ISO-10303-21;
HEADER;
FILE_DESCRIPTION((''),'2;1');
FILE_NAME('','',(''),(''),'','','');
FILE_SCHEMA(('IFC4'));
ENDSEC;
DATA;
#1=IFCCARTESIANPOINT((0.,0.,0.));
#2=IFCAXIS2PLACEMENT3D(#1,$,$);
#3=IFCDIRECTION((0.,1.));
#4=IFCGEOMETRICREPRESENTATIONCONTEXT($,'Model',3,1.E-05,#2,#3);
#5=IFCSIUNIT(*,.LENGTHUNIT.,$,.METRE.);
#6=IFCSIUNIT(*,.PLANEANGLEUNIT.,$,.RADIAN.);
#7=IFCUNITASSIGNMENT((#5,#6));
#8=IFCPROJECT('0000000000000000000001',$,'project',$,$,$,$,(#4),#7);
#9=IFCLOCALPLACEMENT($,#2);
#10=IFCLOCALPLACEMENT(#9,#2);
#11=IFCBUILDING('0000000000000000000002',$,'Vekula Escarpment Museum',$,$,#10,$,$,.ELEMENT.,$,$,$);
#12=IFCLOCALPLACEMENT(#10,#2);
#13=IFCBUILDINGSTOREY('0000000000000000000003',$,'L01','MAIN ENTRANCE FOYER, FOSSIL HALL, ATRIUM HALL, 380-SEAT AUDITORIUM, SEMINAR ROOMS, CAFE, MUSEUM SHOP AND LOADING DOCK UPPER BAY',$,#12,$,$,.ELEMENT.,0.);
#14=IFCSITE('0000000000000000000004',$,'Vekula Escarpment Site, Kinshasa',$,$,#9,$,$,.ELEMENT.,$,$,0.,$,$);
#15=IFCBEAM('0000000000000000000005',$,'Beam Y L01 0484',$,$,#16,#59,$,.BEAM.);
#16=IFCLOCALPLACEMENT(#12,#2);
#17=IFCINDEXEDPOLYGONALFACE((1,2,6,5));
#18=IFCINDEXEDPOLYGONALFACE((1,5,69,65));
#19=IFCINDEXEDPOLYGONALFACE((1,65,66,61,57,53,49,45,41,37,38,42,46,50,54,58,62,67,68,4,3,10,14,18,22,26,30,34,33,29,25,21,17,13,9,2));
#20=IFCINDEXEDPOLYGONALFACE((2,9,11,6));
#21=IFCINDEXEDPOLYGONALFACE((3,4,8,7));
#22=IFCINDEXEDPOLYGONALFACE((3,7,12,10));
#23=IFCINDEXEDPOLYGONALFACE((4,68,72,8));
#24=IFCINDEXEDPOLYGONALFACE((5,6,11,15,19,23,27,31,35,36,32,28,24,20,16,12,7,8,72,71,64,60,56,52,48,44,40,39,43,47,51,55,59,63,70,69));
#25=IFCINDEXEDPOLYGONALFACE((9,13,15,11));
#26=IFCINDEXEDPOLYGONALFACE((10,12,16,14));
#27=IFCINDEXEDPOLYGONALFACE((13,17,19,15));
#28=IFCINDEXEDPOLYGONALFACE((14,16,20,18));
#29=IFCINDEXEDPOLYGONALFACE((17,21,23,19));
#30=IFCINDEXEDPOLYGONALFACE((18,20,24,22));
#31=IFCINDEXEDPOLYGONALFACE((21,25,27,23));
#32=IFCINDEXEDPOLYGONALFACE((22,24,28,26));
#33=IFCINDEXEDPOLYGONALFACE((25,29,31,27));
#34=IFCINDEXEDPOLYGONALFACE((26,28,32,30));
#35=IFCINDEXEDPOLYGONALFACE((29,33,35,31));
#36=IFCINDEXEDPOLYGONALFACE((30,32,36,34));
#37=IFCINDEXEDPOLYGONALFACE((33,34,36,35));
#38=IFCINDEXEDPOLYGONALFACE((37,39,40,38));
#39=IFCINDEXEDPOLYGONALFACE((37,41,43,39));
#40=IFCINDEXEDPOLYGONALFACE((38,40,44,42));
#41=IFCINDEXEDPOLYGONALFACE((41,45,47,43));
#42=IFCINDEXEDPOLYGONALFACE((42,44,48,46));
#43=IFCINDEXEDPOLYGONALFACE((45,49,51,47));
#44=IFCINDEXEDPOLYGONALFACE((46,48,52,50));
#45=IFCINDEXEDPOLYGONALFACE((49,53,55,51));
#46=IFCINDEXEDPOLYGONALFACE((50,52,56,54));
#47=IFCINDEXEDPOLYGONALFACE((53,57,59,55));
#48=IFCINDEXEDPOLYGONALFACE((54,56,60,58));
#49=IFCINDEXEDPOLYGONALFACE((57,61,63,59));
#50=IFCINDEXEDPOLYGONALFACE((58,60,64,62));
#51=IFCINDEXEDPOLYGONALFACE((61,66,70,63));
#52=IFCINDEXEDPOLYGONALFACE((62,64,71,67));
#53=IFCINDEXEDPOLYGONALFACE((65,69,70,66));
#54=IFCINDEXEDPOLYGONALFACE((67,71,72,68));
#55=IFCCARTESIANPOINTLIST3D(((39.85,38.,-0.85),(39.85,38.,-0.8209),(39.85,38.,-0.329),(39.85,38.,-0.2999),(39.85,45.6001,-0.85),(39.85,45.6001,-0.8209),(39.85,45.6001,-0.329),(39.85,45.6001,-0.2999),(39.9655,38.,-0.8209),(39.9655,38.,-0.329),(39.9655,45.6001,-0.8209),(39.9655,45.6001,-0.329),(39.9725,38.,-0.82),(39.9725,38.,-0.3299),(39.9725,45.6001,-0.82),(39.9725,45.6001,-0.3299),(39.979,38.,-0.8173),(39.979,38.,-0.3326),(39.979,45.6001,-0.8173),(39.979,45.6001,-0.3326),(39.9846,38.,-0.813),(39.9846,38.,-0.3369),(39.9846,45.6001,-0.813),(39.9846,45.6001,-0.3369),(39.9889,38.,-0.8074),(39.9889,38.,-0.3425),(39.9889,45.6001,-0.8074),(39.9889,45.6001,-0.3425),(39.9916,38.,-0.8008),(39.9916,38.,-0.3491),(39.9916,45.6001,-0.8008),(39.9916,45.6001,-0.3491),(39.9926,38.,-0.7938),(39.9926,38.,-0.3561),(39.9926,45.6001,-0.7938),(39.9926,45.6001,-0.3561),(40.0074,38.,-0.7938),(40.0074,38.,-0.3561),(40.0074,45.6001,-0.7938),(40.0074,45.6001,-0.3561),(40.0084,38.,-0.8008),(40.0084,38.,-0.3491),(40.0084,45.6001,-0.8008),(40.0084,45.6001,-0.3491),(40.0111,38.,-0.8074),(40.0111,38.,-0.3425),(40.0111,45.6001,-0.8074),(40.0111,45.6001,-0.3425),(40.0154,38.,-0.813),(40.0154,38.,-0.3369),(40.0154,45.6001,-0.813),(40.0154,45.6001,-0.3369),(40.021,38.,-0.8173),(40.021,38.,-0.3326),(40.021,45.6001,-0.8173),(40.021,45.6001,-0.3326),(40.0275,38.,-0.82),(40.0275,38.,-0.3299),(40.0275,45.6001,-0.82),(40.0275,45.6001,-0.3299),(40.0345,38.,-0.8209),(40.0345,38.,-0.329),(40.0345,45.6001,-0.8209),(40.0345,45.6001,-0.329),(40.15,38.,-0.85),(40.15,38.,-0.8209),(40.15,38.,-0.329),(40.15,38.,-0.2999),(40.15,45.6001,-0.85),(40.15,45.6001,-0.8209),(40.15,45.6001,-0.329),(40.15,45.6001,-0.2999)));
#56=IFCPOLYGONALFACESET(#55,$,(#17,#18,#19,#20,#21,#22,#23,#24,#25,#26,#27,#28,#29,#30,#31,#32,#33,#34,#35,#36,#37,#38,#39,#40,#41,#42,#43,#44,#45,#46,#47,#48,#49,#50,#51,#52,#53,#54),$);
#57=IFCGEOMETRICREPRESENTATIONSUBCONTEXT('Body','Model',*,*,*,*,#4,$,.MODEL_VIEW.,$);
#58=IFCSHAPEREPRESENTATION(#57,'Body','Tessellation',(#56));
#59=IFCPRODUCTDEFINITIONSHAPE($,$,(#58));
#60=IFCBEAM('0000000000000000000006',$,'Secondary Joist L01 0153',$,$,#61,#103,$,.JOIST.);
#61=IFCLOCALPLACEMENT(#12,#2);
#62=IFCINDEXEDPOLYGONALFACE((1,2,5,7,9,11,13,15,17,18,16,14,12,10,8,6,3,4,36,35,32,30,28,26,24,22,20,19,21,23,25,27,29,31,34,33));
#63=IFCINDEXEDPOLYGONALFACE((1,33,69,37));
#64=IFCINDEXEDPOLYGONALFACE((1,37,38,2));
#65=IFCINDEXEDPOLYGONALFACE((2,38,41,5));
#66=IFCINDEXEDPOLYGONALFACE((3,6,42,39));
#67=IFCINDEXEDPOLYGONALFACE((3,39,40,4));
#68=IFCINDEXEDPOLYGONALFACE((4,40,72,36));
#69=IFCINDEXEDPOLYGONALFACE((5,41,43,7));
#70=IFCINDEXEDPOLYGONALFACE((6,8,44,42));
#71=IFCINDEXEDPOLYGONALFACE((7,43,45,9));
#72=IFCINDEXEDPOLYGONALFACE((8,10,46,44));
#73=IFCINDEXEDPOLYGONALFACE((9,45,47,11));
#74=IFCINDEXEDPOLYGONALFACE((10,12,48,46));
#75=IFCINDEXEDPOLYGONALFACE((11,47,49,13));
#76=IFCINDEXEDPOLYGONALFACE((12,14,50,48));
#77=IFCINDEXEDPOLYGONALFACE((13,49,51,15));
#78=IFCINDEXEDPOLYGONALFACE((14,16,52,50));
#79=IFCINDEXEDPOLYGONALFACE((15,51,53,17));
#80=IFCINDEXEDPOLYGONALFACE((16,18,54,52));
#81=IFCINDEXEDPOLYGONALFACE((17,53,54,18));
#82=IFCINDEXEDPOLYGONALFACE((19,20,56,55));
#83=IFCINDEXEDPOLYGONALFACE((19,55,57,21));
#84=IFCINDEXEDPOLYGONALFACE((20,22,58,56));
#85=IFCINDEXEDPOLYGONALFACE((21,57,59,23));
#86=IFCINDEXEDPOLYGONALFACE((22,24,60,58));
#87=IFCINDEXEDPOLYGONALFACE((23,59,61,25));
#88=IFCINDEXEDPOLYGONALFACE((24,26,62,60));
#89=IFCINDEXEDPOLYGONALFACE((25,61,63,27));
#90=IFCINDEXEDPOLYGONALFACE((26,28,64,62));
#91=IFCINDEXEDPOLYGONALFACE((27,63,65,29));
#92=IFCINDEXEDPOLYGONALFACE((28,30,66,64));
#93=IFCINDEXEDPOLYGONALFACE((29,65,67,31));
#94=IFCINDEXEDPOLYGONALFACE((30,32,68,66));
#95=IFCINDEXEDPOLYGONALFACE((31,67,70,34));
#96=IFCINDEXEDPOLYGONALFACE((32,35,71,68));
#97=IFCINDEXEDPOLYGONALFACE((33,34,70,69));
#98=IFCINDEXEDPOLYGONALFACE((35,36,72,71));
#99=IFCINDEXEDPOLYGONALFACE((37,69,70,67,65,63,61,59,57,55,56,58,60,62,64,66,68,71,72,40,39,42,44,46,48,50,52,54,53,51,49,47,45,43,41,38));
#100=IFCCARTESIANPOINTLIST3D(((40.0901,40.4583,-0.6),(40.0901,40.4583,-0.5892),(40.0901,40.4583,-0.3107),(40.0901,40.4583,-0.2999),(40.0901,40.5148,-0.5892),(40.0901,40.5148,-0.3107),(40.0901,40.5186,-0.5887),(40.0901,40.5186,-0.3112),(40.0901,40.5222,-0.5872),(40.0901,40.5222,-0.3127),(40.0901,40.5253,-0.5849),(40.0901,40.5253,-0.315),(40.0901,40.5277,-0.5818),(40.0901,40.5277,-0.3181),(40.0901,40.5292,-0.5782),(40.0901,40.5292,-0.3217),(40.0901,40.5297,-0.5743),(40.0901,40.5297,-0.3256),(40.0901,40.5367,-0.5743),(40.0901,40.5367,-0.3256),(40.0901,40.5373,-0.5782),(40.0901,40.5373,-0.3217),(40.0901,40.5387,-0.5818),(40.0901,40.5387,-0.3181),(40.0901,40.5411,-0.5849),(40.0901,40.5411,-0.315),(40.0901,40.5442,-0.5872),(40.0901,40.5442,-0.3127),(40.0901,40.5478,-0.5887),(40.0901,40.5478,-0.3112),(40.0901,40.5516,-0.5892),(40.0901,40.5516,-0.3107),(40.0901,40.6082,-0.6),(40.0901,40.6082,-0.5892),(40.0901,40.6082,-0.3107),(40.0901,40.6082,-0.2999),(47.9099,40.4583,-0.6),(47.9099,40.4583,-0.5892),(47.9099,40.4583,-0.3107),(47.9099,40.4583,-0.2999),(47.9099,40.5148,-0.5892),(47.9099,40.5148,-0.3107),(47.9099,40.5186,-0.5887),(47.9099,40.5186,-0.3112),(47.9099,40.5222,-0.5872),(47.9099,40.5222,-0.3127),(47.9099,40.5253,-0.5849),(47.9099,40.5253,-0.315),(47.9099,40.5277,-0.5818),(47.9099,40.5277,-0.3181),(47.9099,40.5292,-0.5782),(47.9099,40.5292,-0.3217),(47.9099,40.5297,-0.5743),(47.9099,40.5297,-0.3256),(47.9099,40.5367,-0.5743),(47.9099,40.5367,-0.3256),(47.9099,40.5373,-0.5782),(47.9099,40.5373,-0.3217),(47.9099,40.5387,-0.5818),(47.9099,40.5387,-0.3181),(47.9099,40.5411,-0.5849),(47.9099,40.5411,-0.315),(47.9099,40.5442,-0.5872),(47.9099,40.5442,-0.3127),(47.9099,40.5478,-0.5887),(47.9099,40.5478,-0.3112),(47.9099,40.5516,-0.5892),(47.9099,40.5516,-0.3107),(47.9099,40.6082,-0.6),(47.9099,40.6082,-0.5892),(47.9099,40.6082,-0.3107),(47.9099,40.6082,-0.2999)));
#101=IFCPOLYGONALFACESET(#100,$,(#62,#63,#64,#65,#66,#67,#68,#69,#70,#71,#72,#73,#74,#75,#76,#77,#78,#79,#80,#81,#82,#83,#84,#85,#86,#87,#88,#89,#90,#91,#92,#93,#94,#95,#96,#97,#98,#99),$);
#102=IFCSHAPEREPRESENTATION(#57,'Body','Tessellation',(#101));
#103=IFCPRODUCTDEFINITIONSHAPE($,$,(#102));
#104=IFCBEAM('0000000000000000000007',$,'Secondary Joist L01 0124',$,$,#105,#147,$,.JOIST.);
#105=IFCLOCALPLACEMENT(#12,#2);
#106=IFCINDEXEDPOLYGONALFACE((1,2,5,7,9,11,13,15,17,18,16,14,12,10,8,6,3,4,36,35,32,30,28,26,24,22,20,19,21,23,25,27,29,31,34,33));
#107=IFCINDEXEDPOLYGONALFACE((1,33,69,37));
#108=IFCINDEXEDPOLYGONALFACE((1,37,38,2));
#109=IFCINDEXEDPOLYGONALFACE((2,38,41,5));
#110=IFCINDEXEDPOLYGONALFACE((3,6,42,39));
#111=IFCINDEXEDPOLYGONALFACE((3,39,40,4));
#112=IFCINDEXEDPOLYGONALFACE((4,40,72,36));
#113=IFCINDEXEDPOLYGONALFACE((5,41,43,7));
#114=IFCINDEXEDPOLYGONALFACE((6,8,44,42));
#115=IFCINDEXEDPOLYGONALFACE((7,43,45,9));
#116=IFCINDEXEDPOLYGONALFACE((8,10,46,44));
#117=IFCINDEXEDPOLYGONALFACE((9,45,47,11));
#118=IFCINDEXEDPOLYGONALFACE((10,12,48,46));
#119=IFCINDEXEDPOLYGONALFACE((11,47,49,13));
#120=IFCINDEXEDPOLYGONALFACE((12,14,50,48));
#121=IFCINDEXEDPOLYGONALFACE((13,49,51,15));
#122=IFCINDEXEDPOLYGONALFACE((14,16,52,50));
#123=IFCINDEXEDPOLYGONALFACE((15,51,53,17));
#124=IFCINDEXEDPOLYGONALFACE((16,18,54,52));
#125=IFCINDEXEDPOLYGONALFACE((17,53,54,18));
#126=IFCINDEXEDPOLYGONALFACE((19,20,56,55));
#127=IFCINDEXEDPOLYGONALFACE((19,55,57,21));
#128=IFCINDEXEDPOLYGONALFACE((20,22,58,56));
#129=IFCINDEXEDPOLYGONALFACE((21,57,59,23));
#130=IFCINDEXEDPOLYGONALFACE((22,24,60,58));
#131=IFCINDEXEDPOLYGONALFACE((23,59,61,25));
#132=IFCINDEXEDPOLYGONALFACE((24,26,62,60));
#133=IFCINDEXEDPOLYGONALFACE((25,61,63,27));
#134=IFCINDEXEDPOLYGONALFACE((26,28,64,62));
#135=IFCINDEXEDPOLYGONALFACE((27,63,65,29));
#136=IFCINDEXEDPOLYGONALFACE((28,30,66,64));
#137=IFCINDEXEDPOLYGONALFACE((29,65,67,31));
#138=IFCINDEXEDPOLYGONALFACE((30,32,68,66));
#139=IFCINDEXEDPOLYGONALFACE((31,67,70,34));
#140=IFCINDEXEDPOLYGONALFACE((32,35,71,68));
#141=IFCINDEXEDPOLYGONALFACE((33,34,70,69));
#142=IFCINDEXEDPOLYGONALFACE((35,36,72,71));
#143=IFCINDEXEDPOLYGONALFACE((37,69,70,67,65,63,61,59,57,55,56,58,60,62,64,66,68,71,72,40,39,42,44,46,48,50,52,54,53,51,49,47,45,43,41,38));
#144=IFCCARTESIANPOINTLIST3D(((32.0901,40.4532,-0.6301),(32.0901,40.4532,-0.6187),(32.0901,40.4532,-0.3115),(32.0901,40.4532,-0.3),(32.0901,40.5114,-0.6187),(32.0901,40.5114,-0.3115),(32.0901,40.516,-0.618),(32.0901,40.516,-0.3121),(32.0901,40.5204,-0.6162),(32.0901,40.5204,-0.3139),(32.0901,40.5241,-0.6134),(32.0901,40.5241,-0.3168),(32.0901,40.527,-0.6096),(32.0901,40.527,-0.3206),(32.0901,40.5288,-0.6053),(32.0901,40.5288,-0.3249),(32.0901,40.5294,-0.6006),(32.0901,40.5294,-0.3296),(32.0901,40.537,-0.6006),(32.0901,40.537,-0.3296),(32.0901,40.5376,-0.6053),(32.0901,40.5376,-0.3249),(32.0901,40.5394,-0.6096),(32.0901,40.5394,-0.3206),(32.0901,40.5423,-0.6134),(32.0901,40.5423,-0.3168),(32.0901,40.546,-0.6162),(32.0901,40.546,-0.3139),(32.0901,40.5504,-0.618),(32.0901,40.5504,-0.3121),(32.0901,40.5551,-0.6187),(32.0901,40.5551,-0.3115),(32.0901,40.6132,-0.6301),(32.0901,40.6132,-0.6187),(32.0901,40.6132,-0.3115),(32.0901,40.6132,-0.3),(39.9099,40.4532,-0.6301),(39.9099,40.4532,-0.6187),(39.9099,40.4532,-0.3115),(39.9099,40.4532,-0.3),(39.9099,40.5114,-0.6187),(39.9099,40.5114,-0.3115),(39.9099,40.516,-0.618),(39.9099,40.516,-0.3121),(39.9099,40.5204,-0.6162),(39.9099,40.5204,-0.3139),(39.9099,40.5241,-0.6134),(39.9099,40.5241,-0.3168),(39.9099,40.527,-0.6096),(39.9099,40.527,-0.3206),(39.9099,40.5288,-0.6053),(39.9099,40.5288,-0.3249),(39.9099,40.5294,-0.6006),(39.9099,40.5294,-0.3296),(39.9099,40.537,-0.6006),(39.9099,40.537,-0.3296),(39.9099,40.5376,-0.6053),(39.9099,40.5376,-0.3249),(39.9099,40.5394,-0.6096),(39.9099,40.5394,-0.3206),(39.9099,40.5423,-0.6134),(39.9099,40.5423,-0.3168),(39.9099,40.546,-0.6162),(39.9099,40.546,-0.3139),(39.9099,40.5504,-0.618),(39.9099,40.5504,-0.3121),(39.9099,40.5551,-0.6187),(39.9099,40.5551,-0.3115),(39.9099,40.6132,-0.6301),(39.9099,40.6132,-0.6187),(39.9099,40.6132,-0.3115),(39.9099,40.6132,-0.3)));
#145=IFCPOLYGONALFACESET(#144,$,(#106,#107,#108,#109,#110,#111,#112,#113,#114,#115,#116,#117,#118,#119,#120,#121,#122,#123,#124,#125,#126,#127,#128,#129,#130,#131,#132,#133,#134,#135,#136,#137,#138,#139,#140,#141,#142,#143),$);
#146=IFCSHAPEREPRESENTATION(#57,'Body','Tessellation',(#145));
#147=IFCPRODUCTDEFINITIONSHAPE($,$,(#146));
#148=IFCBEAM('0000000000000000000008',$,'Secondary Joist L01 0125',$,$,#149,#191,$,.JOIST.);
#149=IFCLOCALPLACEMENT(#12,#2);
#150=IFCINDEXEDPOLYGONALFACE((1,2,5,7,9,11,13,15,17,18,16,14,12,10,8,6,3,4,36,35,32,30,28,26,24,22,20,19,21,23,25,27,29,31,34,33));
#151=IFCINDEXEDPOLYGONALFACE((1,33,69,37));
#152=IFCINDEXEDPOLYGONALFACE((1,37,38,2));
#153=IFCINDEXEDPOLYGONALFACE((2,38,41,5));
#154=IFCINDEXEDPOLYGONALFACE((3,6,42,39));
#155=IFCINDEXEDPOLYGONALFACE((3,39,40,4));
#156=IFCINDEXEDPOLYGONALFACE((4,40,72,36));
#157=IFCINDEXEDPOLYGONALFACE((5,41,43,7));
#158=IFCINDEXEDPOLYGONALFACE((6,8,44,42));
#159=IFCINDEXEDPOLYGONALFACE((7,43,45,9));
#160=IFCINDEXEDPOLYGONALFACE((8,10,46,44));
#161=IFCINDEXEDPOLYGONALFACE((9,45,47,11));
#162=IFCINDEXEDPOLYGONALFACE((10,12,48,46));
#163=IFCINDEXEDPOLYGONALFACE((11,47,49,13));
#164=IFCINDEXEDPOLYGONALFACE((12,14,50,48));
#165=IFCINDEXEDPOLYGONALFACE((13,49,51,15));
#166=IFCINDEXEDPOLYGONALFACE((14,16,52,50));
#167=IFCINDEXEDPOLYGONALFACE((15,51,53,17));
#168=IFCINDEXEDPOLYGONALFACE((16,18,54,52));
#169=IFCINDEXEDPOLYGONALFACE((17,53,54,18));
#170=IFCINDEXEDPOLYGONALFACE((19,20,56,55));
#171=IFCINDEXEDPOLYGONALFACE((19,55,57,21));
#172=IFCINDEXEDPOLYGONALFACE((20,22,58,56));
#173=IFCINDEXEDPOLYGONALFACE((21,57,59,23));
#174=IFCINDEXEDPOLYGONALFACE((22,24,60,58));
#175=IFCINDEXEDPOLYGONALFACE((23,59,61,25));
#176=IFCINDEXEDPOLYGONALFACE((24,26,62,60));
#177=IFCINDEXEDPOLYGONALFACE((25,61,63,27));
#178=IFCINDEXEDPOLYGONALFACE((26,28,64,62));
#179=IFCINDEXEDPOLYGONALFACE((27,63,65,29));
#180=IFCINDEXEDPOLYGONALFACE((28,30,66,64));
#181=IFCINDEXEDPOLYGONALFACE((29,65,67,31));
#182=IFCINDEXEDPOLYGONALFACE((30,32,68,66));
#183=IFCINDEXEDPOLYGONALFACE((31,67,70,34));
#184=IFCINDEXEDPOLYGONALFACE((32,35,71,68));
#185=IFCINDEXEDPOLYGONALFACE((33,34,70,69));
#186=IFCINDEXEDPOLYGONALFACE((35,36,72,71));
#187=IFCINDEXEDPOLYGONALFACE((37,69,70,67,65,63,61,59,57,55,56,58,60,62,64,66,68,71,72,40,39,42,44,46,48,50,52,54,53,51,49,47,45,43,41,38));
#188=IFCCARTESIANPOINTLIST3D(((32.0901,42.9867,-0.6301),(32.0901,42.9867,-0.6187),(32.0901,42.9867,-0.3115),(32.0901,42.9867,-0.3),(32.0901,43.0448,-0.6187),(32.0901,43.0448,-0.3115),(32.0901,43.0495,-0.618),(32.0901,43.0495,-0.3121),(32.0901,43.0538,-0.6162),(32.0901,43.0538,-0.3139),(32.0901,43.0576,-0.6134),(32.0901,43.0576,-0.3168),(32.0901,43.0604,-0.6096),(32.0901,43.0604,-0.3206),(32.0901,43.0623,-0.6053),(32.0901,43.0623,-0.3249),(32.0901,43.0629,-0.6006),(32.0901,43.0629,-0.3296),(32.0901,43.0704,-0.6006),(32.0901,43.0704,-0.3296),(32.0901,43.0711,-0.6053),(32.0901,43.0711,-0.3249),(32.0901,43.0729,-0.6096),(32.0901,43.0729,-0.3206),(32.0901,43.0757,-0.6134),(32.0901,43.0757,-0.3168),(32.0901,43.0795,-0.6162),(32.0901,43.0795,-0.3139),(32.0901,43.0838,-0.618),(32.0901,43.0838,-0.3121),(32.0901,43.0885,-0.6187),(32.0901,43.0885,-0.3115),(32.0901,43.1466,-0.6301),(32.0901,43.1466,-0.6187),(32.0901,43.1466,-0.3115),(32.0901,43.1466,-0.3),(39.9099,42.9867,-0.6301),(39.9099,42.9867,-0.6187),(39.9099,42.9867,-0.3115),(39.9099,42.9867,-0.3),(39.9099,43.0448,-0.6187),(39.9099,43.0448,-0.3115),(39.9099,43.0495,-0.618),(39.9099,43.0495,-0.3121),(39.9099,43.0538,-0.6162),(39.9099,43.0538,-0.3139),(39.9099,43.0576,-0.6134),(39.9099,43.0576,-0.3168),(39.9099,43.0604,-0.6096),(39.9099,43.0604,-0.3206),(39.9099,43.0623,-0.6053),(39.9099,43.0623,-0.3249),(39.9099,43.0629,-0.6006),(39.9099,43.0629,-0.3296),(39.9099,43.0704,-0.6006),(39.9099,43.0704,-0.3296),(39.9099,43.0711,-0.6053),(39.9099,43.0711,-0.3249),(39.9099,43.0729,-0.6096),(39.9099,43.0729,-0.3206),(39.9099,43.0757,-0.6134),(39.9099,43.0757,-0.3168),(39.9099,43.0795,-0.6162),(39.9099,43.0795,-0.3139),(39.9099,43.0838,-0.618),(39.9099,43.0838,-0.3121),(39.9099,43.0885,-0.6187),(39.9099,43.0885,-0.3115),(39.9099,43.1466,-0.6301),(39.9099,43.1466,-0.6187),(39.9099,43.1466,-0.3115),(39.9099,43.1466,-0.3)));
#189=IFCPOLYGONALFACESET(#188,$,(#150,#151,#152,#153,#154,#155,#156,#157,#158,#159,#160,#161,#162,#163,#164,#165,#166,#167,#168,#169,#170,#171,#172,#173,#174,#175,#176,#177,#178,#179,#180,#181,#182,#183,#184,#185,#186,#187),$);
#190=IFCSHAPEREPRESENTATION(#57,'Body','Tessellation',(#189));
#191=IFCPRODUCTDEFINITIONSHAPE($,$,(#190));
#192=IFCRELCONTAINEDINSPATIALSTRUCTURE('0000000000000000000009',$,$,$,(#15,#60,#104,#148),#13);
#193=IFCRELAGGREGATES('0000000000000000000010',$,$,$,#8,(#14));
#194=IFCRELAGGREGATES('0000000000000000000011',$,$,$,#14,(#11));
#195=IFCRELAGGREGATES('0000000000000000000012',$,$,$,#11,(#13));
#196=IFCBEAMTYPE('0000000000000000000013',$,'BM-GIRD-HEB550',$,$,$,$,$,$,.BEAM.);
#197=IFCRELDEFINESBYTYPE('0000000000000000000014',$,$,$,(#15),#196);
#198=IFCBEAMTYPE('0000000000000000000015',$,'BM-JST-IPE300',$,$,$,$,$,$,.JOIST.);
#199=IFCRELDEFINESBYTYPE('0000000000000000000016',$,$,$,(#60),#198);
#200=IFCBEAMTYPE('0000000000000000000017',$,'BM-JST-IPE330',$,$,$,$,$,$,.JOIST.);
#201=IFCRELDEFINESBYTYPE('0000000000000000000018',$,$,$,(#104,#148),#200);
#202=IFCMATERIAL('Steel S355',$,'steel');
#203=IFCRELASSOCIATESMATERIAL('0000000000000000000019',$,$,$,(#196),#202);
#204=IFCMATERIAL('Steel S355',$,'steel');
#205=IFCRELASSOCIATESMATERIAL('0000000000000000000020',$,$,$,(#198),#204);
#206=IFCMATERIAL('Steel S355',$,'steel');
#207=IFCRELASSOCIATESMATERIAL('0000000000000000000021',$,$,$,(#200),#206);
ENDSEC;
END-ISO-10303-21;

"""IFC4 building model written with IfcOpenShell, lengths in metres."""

from ifc_helpers import new_model, si_unit, direction, frame, origin, origin_2d, place, context, subcontext, project, spatial, i_section, extrude, material, material_profile, profile_set, type_object, element, save


model = new_model("IFC4")

# Units and contexts
model_context = context("Model", 3, precision=1e-05, world=origin(), true_north=direction((0.0, 1.0)))
body_context = subcontext(model_context, "Body", "Model", "MODEL_VIEW")
ifc_project = project(units=[si_unit("LENGTHUNIT", "METRE"), si_unit("PLANEANGLEUNIT", "RADIAN")], contexts=[model_context])

# Site, building, storey
site_placement = place(None, origin())
site = spatial("IfcSite", under=ifc_project, at=site_placement, Name="Vekula Escarpment Site, Kinshasa", CompositionType="ELEMENT", RefElevation=0.0)
building_placement = place(site_placement, origin())
building = spatial("IfcBuilding", under=site, at=building_placement, Name="Vekula Escarpment Museum", CompositionType="ELEMENT")
storey_placement = place(building_placement, origin())
storey = spatial("IfcBuildingStorey", under=building, at=storey_placement, Name="L01", Description="MAIN ENTRANCE FOYER, FOSSIL HALL, ATRIUM HALL, 380-SEAT AUDITORIUM, SEMINAR ROOMS, CAFE, MUSEUM SHOP AND LOADING DOCK UPPER BAY", CompositionType="ELEMENT", Elevation=0.0)

# Beams
ifc_material_1 = material(Name="Steel S355", Category="steel")
ifc_material_profile_1 = material_profile(ifc_material_1, i_section(OverallWidth=0.3, OverallDepth=0.55, WebThickness=0.0149, FlangeThickness=0.0291, FilletRadius=0.0271, at=origin_2d()), Name="HEB 550")
ifc_profile_set_1 = profile_set([ifc_material_profile_1], Name="Steel S355")
beam_type_1 = type_object("IfcBeamType", Name="BM-GIRD-HEB550", PredefinedType="BEAM", material=ifc_profile_set_1)
beam_1_placement = place(storey_placement, frame((40.0, 38.0, -0.575), z_axis=(0.0, 1.0, 0.0), x_axis=(-1.0, 0.0, 0.0)))
element("IfcBeam", 1, at=beam_1_placement, inside=storey, type_object=beam_type_1, Name="Beam Y L01 0484", PredefinedType="BEAM", context=body_context, shape_type="SweptSolid", body=[
    extrude(i_section(OverallWidth=0.3, OverallDepth=0.55, WebThickness=0.0149, FlangeThickness=0.0291, FilletRadius=0.0271, at=origin_2d()), origin(), (0.0, 0.0, 1.0), 7.6001),
])
ifc_material_2 = material(Name="Steel S355", Category="steel")
ifc_material_profile_2 = material_profile(ifc_material_2, i_section(OverallWidth=0.1499, OverallDepth=0.3, WebThickness=0.0071, FlangeThickness=0.0107, FilletRadius=0.0149, at=origin_2d()), Name="IPE 300")
ifc_profile_set_2 = profile_set([ifc_material_profile_2], Name="Steel S355")
beam_type_2 = type_object("IfcBeamType", Name="BM-JST-IPE300", PredefinedType="JOIST", material=ifc_profile_set_2)
beam_2_placement = place(storey_placement, frame((40.0901, 40.5332, -0.45), z_axis=(1.0, 0.0, 0.0), x_axis=(0.0, 1.0, 0.0)))
element("IfcBeam", 2, at=beam_2_placement, inside=storey, type_object=beam_type_2, Name="Secondary Joist L01 0153", PredefinedType="JOIST", context=body_context, shape_type="SweptSolid", body=[
    extrude(i_section(OverallWidth=0.1499, OverallDepth=0.3, WebThickness=0.0071, FlangeThickness=0.0107, FilletRadius=0.0149, at=origin_2d()), origin(), (0.0, 0.0, 1.0), 7.8198),
])
ifc_material_3 = material(Name="Steel S355", Category="steel")
ifc_material_profile_3 = material_profile(ifc_material_3, i_section(OverallWidth=0.1599, OverallDepth=0.3301, WebThickness=0.0076, FlangeThickness=0.0115, FilletRadius=0.0181, at=origin_2d()), Name="IPE 330")
ifc_profile_set_3 = profile_set([ifc_material_profile_3], Name="Steel S355")
beam_type_3 = type_object("IfcBeamType", Name="BM-JST-IPE330", PredefinedType="JOIST", material=ifc_profile_set_3)
for number, where, z_axis, x_axis, name in (
    (3, (32.0901, 40.5332, -0.4651), (1.0, 0.0, 0.0), (0.0, 1.0, 0.0), "Secondary Joist L01 0124"),
    (4, (32.0901, 43.0667, -0.4651), (1.0, 0.0, 0.0), (0.0, 1.0, 0.0), "Secondary Joist L01 0125"),
):
    element("IfcBeam", number, at=place(storey_placement, frame(where, z_axis=z_axis, x_axis=x_axis)), inside=storey, type_object=beam_type_3, Name=name, PredefinedType="JOIST", context=body_context, shape_type="SweptSolid", body=[
        extrude(i_section(OverallWidth=0.1599, OverallDepth=0.3301, WebThickness=0.0076, FlangeThickness=0.0115, FilletRadius=0.0181, at=origin_2d()), origin(), (0.0, 0.0, 1.0), 7.8198),
    ])

save(model, "model.ifc")
